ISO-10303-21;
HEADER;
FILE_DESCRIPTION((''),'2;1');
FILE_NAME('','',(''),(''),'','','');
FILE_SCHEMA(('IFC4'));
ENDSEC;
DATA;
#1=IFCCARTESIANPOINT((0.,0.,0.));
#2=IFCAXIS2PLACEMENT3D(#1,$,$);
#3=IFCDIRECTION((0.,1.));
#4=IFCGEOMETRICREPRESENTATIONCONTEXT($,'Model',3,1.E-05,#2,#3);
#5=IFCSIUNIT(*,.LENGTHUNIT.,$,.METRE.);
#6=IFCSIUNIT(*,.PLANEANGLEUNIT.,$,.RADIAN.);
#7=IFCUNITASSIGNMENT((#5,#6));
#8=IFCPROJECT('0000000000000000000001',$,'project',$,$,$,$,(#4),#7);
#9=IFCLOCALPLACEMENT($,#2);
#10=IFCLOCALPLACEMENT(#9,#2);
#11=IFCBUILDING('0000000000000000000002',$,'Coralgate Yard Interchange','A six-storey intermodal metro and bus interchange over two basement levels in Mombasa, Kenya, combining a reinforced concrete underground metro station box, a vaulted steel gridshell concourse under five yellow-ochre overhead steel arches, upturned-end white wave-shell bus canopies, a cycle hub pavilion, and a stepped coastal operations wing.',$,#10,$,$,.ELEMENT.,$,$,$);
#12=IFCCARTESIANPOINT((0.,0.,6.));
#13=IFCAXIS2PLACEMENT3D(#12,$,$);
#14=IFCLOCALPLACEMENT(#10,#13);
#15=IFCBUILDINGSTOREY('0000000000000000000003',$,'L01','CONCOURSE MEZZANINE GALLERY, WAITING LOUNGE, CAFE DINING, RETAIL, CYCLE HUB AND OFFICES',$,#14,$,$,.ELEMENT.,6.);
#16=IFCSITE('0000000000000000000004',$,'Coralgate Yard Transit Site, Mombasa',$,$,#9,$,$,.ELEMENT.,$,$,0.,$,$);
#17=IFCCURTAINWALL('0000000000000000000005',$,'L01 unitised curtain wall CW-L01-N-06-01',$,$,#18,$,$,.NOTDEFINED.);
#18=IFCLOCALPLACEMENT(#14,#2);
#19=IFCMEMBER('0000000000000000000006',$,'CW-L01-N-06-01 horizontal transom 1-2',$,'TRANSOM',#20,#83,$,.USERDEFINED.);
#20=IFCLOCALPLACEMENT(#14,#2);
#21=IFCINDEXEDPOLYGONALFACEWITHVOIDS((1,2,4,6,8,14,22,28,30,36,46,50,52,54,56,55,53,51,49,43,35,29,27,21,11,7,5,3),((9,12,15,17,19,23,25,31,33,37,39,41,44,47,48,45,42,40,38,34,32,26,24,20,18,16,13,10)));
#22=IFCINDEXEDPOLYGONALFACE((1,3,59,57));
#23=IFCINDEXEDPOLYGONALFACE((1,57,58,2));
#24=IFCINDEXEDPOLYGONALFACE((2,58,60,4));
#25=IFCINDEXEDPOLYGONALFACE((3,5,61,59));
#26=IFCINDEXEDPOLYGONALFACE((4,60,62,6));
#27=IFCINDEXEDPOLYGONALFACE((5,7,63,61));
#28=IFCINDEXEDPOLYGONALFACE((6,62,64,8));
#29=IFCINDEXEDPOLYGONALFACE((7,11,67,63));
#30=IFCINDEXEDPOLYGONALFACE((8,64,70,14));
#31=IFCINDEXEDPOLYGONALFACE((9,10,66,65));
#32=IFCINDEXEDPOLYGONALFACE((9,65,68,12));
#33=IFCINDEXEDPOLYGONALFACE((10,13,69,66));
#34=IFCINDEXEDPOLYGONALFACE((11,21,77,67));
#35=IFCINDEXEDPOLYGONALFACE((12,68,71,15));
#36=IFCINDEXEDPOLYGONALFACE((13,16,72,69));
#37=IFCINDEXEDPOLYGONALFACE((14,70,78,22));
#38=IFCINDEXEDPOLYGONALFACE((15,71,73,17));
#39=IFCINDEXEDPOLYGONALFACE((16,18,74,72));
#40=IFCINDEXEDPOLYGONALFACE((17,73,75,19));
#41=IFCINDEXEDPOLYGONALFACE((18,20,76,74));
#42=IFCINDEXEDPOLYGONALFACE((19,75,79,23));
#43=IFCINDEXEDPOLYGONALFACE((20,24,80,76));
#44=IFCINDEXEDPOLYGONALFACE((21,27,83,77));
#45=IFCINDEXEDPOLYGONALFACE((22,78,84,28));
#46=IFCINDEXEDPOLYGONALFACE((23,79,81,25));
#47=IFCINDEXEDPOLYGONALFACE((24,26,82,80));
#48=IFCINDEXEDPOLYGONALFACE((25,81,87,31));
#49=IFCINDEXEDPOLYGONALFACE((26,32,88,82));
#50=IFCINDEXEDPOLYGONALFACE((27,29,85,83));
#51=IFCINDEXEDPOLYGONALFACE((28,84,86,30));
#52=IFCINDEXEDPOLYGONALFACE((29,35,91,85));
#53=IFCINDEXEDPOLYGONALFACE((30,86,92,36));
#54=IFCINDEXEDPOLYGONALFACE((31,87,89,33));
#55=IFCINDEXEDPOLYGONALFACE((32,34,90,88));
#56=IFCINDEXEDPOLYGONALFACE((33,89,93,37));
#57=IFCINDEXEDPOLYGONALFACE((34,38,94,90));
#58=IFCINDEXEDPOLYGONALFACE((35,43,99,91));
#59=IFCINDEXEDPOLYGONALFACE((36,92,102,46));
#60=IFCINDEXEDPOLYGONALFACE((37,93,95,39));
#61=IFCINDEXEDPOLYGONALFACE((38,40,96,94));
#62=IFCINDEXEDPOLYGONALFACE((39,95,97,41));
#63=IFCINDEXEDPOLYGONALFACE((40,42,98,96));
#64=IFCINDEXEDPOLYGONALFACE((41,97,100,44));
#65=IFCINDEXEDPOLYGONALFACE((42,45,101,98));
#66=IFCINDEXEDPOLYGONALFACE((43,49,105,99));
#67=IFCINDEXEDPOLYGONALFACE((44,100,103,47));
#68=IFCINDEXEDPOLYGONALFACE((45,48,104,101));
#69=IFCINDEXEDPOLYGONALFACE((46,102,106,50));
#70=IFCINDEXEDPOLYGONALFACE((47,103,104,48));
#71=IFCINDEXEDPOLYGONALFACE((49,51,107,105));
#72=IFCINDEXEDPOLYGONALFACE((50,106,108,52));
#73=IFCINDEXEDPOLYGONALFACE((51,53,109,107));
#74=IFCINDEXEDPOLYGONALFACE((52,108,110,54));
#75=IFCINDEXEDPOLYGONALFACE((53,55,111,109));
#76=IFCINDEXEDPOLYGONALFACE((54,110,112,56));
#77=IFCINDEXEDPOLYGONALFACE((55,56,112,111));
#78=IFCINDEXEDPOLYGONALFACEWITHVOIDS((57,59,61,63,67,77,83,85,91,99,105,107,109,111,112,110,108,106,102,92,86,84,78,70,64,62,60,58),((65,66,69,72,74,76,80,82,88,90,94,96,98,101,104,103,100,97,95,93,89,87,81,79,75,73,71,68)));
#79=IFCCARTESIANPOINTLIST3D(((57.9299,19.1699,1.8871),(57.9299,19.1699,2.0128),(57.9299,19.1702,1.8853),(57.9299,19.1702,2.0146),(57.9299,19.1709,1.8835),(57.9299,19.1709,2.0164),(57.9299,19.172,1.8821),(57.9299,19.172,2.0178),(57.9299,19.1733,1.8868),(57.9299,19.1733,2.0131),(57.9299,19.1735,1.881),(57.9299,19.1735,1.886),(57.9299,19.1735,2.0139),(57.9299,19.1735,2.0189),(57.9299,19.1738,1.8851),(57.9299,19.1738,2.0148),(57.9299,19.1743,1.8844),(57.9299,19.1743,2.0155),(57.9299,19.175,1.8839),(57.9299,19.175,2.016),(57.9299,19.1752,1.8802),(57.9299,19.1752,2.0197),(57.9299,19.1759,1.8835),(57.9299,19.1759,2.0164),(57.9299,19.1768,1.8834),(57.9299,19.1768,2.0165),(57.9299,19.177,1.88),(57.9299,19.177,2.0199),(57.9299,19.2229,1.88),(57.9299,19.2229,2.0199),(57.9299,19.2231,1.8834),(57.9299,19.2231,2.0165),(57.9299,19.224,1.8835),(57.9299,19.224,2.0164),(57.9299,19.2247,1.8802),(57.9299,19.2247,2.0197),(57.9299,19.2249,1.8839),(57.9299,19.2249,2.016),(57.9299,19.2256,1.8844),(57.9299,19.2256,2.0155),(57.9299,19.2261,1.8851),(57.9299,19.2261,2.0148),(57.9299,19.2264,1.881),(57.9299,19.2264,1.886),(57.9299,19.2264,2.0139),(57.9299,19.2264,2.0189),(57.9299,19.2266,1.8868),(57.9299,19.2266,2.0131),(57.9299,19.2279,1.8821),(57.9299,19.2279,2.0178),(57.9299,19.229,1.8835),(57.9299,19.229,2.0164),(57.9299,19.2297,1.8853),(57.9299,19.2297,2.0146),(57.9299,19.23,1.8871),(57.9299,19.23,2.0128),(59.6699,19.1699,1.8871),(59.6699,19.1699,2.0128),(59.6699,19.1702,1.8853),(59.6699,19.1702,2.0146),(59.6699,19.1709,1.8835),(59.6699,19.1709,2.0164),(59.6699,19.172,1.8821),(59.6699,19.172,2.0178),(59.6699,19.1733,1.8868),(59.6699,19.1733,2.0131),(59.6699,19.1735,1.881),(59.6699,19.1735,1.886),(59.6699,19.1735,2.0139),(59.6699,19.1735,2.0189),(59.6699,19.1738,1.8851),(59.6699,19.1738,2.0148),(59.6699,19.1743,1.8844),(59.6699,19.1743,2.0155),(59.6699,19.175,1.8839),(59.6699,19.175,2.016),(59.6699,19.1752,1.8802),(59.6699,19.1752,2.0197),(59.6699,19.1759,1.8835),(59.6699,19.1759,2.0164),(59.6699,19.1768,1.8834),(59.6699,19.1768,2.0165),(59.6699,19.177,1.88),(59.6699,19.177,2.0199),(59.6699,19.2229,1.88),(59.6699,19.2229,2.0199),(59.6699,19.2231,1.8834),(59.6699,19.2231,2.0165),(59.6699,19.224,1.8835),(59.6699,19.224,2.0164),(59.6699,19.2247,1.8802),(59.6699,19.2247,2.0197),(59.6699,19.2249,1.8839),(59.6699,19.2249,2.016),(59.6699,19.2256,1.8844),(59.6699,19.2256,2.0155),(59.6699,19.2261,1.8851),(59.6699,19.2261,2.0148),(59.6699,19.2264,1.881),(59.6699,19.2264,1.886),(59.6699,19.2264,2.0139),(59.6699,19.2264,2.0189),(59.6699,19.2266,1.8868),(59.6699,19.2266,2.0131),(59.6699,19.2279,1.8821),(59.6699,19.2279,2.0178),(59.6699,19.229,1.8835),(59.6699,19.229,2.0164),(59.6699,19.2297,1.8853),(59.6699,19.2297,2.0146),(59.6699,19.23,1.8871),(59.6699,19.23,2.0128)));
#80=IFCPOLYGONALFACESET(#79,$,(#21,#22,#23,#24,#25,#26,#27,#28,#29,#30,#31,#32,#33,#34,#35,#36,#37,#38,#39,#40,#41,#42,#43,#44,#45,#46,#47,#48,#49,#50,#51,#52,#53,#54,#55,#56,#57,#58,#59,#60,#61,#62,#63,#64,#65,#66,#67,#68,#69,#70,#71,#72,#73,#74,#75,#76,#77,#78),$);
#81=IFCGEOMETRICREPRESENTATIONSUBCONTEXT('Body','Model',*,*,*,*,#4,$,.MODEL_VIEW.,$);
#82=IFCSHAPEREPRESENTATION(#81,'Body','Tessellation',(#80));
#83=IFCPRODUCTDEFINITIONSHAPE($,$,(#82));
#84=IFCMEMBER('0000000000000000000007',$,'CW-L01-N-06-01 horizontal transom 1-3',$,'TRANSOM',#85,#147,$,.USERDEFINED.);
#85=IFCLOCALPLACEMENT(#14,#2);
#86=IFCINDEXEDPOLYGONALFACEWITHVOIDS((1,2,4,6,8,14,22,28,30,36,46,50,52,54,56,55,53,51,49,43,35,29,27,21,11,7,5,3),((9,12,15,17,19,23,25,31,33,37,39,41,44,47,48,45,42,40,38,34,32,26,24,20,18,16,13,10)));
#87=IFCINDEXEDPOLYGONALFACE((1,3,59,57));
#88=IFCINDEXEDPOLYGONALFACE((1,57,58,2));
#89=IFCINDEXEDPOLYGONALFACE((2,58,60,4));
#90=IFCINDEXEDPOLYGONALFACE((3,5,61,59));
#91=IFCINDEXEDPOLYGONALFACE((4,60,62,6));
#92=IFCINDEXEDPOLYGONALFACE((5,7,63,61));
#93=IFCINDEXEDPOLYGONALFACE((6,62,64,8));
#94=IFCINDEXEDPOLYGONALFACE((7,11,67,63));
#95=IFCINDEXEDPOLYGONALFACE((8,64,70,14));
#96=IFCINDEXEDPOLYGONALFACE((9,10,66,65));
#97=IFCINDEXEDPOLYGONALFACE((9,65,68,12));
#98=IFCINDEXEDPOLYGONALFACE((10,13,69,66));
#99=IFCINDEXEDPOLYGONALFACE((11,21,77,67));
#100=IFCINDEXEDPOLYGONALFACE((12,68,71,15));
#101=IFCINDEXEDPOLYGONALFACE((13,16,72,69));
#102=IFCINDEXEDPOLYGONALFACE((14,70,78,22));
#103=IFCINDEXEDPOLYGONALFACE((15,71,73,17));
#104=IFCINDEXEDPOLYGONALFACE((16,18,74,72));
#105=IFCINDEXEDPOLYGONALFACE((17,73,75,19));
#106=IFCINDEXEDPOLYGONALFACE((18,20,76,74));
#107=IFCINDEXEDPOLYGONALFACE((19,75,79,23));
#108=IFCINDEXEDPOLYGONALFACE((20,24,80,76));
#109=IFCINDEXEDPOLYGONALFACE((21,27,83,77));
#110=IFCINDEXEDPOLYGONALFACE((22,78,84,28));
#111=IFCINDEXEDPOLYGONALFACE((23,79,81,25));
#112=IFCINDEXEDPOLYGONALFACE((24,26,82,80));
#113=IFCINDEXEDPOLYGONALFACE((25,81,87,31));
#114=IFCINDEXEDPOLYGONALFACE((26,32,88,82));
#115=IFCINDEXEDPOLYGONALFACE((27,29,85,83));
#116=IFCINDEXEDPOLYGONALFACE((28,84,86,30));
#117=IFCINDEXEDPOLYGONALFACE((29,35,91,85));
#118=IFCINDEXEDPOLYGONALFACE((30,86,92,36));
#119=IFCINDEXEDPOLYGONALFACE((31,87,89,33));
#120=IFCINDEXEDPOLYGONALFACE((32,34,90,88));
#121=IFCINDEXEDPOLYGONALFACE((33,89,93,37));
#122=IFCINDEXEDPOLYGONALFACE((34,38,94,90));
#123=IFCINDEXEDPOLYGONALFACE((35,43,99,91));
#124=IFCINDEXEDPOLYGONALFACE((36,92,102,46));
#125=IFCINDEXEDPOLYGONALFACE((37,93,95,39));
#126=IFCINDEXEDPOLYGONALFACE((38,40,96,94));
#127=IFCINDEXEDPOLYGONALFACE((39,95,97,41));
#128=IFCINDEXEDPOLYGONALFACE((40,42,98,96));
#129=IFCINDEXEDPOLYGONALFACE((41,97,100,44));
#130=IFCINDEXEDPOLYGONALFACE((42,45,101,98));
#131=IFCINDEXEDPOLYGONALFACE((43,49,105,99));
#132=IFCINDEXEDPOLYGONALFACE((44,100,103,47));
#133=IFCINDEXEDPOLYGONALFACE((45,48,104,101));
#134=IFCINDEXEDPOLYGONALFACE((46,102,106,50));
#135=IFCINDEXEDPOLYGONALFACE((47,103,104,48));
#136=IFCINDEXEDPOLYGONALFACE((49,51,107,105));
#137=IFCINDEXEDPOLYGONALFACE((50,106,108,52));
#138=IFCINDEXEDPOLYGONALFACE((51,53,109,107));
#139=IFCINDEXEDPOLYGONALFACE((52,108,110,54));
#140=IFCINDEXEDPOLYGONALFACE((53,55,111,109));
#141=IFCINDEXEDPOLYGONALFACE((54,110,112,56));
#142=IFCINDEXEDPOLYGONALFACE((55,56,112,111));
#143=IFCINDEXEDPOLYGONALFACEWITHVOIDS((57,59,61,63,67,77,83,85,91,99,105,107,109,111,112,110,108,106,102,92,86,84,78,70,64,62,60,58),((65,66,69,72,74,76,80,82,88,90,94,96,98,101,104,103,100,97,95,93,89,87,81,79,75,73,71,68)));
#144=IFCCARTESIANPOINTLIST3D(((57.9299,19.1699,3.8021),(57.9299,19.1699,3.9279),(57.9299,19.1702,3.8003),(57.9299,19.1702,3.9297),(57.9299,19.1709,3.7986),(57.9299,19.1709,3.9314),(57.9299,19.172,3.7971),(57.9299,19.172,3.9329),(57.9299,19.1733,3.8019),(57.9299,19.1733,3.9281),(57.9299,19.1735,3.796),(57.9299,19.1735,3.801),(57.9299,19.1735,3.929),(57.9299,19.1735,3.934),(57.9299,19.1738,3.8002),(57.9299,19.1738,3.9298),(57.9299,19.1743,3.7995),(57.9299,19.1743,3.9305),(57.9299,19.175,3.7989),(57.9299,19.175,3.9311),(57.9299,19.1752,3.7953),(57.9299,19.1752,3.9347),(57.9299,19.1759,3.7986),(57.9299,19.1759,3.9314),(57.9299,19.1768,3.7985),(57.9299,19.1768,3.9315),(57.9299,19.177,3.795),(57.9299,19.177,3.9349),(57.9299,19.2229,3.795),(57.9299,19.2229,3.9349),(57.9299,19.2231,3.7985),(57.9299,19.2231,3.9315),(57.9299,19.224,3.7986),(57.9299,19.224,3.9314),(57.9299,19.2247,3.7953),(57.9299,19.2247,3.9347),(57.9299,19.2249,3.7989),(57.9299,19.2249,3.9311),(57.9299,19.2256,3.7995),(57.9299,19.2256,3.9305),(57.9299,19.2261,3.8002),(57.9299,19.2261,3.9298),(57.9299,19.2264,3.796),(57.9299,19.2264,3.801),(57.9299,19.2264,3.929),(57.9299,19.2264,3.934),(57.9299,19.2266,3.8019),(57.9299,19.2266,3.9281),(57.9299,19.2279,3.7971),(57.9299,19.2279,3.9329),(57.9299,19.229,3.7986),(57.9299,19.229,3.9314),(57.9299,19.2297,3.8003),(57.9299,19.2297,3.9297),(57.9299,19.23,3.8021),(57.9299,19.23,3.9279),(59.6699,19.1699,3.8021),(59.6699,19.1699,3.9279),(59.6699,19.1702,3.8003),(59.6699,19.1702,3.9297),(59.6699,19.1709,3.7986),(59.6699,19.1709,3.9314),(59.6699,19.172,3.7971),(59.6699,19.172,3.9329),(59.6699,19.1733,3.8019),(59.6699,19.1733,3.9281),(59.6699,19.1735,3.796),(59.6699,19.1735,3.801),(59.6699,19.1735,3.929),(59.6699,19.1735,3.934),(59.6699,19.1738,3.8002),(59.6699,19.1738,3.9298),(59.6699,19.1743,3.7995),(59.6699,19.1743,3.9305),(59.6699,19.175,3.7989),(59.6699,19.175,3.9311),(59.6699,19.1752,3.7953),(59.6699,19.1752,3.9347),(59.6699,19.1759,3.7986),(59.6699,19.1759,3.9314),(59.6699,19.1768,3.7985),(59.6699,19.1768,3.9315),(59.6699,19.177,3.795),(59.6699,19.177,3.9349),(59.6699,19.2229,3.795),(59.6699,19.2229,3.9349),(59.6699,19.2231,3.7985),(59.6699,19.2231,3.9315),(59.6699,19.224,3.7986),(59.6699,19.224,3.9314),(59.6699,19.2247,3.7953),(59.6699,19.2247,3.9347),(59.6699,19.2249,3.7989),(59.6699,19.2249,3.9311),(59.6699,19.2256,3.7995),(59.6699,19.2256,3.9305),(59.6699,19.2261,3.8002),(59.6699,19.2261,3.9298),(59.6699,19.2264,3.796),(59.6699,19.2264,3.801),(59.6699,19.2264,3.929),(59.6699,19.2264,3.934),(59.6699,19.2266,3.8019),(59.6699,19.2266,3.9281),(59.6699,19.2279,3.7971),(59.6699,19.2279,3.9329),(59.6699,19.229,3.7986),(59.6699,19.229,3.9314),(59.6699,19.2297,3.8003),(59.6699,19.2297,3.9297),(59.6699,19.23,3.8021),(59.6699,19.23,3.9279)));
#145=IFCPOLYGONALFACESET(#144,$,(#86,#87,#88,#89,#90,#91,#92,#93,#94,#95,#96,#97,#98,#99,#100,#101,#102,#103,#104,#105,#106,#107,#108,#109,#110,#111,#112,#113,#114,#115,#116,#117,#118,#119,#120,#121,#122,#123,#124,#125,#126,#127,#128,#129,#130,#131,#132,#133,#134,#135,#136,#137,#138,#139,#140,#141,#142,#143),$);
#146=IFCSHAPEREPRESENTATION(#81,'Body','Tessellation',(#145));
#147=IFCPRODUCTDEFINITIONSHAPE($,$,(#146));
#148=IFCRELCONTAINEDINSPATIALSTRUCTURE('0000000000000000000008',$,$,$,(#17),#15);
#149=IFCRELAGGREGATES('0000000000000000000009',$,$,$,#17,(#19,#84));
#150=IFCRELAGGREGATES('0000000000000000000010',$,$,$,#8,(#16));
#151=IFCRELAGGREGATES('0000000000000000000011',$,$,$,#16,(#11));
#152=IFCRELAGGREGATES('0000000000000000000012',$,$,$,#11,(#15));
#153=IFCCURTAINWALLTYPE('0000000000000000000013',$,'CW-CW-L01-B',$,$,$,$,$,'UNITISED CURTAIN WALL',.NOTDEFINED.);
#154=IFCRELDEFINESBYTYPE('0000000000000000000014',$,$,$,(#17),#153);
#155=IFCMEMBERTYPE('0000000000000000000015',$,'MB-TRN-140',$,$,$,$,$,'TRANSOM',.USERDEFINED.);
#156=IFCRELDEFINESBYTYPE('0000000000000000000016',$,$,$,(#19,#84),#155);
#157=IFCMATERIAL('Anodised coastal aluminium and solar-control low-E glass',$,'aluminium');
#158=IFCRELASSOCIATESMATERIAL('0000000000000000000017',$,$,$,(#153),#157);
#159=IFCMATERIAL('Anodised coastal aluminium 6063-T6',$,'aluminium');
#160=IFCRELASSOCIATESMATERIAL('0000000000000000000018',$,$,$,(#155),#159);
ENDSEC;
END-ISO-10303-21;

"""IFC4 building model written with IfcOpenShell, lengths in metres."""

from ifc_helpers import new_model, si_unit, direction, frame, origin, origin_2d, place, context, subcontext, project, spatial, hollow_rectangle, extrude, material, material_profile, profile_set, type_object, element, aggregate, save


model = new_model("IFC4")

# Units and contexts
model_context = context("Model", 3, precision=1e-05, world=origin(), true_north=direction((0.0, 1.0)))
body_context = subcontext(model_context, "Body", "Model", "MODEL_VIEW")
ifc_project = project(units=[si_unit("LENGTHUNIT", "METRE"), si_unit("PLANEANGLEUNIT", "RADIAN")], contexts=[model_context])

# Site, building, storey
site_placement = place(None, origin())
site = spatial("IfcSite", under=ifc_project, at=site_placement, Name="Coralgate Yard Transit Site, Mombasa", CompositionType="ELEMENT", RefElevation=0.0)
building_placement = place(site_placement, origin())
building = spatial("IfcBuilding", under=site, at=building_placement, Name="Coralgate Yard Interchange", Description="A six-storey intermodal metro and bus interchange over two basement levels in Mombasa, Kenya, combining a reinforced concrete underground metro station box, a vaulted steel gridshell concourse under five yellow-ochre overhead steel arches, upturned-end white wave-shell bus canopies, a cycle hub pavilion, and a stepped coastal operations wing.", CompositionType="ELEMENT")
storey_placement = place(building_placement, frame((0.0, 0.0, 6.0)))
storey = spatial("IfcBuildingStorey", under=building, at=storey_placement, Name="L01", Description="CONCOURSE MEZZANINE GALLERY, WAITING LOUNGE, CAFE DINING, RETAIL, CYCLE HUB AND OFFICES", CompositionType="ELEMENT", Elevation=6.0)

# Curtain wall, members
ifc_material_1 = material(Name="Anodised coastal aluminium and solar-control low-E glass", Category="aluminium")
curtain_wall_type = type_object("IfcCurtainWallType", Name="CW-CW-L01-B", ElementType="UNITISED CURTAIN WALL", PredefinedType="NOTDEFINED", material=ifc_material_1)
curtain_wall_placement = place(storey_placement, origin())
curtain_wall = element("IfcCurtainWall", 1, at=curtain_wall_placement, inside=storey, type_object=curtain_wall_type, Name="L01 unitised curtain wall CW-L01-N-06-01", PredefinedType="NOTDEFINED")
ifc_material_2 = material(Name="Anodised coastal aluminium 6063-T6", Category="aluminium")
ifc_material_profile_1 = material_profile(ifc_material_2, hollow_rectangle(XDim=0.0601, YDim=0.1399, WallThickness=0.0034, InnerFilletRadius=0.0034, OuterFilletRadius=0.0071, at=origin_2d()), Name="ALU 60x140x3.5")
ifc_profile_set_1 = profile_set([ifc_material_profile_1], Name="Anodised coastal aluminium 6063-T6")
member_type_1 = type_object("IfcMemberType", Name="MB-TRN-140", ElementType="TRANSOM", PredefinedType="USERDEFINED", material=ifc_profile_set_1)
member_1_placement = place(storey_placement, frame((57.9299, 19.2, 1.95), z_axis=(1.0, 0.0, 0.0), x_axis=(0.0, 1.0, 0.0)))
member_1 = element("IfcMember", 2, at=member_1_placement, type_object=member_type_1, Name="CW-L01-N-06-01 horizontal transom 1-2", ObjectType="TRANSOM", PredefinedType="USERDEFINED", context=body_context, shape_type="SweptSolid", body=[
    extrude(hollow_rectangle(XDim=0.0601, YDim=0.1399, WallThickness=0.0034, InnerFilletRadius=0.0034, OuterFilletRadius=0.0071, at=origin_2d()), origin(), (0.0, 0.0, 1.0), 1.74),
])
member_2_placement = place(storey_placement, frame((57.9299, 19.2, 3.865), z_axis=(1.0, 0.0, 0.0), x_axis=(0.0, 1.0, 0.0)))
member_2 = element("IfcMember", 3, at=member_2_placement, type_object=member_type_1, Name="CW-L01-N-06-01 horizontal transom 1-3", ObjectType="TRANSOM", PredefinedType="USERDEFINED", context=body_context, shape_type="SweptSolid", body=[
    extrude(hollow_rectangle(XDim=0.0601, YDim=0.1399, WallThickness=0.0034, InnerFilletRadius=0.0034, OuterFilletRadius=0.0071, at=origin_2d()), origin(), (0.0, 0.0, 1.0), 1.74),
])
aggregate(curtain_wall, [member_1, member_2])

save(model, "model.ifc")
